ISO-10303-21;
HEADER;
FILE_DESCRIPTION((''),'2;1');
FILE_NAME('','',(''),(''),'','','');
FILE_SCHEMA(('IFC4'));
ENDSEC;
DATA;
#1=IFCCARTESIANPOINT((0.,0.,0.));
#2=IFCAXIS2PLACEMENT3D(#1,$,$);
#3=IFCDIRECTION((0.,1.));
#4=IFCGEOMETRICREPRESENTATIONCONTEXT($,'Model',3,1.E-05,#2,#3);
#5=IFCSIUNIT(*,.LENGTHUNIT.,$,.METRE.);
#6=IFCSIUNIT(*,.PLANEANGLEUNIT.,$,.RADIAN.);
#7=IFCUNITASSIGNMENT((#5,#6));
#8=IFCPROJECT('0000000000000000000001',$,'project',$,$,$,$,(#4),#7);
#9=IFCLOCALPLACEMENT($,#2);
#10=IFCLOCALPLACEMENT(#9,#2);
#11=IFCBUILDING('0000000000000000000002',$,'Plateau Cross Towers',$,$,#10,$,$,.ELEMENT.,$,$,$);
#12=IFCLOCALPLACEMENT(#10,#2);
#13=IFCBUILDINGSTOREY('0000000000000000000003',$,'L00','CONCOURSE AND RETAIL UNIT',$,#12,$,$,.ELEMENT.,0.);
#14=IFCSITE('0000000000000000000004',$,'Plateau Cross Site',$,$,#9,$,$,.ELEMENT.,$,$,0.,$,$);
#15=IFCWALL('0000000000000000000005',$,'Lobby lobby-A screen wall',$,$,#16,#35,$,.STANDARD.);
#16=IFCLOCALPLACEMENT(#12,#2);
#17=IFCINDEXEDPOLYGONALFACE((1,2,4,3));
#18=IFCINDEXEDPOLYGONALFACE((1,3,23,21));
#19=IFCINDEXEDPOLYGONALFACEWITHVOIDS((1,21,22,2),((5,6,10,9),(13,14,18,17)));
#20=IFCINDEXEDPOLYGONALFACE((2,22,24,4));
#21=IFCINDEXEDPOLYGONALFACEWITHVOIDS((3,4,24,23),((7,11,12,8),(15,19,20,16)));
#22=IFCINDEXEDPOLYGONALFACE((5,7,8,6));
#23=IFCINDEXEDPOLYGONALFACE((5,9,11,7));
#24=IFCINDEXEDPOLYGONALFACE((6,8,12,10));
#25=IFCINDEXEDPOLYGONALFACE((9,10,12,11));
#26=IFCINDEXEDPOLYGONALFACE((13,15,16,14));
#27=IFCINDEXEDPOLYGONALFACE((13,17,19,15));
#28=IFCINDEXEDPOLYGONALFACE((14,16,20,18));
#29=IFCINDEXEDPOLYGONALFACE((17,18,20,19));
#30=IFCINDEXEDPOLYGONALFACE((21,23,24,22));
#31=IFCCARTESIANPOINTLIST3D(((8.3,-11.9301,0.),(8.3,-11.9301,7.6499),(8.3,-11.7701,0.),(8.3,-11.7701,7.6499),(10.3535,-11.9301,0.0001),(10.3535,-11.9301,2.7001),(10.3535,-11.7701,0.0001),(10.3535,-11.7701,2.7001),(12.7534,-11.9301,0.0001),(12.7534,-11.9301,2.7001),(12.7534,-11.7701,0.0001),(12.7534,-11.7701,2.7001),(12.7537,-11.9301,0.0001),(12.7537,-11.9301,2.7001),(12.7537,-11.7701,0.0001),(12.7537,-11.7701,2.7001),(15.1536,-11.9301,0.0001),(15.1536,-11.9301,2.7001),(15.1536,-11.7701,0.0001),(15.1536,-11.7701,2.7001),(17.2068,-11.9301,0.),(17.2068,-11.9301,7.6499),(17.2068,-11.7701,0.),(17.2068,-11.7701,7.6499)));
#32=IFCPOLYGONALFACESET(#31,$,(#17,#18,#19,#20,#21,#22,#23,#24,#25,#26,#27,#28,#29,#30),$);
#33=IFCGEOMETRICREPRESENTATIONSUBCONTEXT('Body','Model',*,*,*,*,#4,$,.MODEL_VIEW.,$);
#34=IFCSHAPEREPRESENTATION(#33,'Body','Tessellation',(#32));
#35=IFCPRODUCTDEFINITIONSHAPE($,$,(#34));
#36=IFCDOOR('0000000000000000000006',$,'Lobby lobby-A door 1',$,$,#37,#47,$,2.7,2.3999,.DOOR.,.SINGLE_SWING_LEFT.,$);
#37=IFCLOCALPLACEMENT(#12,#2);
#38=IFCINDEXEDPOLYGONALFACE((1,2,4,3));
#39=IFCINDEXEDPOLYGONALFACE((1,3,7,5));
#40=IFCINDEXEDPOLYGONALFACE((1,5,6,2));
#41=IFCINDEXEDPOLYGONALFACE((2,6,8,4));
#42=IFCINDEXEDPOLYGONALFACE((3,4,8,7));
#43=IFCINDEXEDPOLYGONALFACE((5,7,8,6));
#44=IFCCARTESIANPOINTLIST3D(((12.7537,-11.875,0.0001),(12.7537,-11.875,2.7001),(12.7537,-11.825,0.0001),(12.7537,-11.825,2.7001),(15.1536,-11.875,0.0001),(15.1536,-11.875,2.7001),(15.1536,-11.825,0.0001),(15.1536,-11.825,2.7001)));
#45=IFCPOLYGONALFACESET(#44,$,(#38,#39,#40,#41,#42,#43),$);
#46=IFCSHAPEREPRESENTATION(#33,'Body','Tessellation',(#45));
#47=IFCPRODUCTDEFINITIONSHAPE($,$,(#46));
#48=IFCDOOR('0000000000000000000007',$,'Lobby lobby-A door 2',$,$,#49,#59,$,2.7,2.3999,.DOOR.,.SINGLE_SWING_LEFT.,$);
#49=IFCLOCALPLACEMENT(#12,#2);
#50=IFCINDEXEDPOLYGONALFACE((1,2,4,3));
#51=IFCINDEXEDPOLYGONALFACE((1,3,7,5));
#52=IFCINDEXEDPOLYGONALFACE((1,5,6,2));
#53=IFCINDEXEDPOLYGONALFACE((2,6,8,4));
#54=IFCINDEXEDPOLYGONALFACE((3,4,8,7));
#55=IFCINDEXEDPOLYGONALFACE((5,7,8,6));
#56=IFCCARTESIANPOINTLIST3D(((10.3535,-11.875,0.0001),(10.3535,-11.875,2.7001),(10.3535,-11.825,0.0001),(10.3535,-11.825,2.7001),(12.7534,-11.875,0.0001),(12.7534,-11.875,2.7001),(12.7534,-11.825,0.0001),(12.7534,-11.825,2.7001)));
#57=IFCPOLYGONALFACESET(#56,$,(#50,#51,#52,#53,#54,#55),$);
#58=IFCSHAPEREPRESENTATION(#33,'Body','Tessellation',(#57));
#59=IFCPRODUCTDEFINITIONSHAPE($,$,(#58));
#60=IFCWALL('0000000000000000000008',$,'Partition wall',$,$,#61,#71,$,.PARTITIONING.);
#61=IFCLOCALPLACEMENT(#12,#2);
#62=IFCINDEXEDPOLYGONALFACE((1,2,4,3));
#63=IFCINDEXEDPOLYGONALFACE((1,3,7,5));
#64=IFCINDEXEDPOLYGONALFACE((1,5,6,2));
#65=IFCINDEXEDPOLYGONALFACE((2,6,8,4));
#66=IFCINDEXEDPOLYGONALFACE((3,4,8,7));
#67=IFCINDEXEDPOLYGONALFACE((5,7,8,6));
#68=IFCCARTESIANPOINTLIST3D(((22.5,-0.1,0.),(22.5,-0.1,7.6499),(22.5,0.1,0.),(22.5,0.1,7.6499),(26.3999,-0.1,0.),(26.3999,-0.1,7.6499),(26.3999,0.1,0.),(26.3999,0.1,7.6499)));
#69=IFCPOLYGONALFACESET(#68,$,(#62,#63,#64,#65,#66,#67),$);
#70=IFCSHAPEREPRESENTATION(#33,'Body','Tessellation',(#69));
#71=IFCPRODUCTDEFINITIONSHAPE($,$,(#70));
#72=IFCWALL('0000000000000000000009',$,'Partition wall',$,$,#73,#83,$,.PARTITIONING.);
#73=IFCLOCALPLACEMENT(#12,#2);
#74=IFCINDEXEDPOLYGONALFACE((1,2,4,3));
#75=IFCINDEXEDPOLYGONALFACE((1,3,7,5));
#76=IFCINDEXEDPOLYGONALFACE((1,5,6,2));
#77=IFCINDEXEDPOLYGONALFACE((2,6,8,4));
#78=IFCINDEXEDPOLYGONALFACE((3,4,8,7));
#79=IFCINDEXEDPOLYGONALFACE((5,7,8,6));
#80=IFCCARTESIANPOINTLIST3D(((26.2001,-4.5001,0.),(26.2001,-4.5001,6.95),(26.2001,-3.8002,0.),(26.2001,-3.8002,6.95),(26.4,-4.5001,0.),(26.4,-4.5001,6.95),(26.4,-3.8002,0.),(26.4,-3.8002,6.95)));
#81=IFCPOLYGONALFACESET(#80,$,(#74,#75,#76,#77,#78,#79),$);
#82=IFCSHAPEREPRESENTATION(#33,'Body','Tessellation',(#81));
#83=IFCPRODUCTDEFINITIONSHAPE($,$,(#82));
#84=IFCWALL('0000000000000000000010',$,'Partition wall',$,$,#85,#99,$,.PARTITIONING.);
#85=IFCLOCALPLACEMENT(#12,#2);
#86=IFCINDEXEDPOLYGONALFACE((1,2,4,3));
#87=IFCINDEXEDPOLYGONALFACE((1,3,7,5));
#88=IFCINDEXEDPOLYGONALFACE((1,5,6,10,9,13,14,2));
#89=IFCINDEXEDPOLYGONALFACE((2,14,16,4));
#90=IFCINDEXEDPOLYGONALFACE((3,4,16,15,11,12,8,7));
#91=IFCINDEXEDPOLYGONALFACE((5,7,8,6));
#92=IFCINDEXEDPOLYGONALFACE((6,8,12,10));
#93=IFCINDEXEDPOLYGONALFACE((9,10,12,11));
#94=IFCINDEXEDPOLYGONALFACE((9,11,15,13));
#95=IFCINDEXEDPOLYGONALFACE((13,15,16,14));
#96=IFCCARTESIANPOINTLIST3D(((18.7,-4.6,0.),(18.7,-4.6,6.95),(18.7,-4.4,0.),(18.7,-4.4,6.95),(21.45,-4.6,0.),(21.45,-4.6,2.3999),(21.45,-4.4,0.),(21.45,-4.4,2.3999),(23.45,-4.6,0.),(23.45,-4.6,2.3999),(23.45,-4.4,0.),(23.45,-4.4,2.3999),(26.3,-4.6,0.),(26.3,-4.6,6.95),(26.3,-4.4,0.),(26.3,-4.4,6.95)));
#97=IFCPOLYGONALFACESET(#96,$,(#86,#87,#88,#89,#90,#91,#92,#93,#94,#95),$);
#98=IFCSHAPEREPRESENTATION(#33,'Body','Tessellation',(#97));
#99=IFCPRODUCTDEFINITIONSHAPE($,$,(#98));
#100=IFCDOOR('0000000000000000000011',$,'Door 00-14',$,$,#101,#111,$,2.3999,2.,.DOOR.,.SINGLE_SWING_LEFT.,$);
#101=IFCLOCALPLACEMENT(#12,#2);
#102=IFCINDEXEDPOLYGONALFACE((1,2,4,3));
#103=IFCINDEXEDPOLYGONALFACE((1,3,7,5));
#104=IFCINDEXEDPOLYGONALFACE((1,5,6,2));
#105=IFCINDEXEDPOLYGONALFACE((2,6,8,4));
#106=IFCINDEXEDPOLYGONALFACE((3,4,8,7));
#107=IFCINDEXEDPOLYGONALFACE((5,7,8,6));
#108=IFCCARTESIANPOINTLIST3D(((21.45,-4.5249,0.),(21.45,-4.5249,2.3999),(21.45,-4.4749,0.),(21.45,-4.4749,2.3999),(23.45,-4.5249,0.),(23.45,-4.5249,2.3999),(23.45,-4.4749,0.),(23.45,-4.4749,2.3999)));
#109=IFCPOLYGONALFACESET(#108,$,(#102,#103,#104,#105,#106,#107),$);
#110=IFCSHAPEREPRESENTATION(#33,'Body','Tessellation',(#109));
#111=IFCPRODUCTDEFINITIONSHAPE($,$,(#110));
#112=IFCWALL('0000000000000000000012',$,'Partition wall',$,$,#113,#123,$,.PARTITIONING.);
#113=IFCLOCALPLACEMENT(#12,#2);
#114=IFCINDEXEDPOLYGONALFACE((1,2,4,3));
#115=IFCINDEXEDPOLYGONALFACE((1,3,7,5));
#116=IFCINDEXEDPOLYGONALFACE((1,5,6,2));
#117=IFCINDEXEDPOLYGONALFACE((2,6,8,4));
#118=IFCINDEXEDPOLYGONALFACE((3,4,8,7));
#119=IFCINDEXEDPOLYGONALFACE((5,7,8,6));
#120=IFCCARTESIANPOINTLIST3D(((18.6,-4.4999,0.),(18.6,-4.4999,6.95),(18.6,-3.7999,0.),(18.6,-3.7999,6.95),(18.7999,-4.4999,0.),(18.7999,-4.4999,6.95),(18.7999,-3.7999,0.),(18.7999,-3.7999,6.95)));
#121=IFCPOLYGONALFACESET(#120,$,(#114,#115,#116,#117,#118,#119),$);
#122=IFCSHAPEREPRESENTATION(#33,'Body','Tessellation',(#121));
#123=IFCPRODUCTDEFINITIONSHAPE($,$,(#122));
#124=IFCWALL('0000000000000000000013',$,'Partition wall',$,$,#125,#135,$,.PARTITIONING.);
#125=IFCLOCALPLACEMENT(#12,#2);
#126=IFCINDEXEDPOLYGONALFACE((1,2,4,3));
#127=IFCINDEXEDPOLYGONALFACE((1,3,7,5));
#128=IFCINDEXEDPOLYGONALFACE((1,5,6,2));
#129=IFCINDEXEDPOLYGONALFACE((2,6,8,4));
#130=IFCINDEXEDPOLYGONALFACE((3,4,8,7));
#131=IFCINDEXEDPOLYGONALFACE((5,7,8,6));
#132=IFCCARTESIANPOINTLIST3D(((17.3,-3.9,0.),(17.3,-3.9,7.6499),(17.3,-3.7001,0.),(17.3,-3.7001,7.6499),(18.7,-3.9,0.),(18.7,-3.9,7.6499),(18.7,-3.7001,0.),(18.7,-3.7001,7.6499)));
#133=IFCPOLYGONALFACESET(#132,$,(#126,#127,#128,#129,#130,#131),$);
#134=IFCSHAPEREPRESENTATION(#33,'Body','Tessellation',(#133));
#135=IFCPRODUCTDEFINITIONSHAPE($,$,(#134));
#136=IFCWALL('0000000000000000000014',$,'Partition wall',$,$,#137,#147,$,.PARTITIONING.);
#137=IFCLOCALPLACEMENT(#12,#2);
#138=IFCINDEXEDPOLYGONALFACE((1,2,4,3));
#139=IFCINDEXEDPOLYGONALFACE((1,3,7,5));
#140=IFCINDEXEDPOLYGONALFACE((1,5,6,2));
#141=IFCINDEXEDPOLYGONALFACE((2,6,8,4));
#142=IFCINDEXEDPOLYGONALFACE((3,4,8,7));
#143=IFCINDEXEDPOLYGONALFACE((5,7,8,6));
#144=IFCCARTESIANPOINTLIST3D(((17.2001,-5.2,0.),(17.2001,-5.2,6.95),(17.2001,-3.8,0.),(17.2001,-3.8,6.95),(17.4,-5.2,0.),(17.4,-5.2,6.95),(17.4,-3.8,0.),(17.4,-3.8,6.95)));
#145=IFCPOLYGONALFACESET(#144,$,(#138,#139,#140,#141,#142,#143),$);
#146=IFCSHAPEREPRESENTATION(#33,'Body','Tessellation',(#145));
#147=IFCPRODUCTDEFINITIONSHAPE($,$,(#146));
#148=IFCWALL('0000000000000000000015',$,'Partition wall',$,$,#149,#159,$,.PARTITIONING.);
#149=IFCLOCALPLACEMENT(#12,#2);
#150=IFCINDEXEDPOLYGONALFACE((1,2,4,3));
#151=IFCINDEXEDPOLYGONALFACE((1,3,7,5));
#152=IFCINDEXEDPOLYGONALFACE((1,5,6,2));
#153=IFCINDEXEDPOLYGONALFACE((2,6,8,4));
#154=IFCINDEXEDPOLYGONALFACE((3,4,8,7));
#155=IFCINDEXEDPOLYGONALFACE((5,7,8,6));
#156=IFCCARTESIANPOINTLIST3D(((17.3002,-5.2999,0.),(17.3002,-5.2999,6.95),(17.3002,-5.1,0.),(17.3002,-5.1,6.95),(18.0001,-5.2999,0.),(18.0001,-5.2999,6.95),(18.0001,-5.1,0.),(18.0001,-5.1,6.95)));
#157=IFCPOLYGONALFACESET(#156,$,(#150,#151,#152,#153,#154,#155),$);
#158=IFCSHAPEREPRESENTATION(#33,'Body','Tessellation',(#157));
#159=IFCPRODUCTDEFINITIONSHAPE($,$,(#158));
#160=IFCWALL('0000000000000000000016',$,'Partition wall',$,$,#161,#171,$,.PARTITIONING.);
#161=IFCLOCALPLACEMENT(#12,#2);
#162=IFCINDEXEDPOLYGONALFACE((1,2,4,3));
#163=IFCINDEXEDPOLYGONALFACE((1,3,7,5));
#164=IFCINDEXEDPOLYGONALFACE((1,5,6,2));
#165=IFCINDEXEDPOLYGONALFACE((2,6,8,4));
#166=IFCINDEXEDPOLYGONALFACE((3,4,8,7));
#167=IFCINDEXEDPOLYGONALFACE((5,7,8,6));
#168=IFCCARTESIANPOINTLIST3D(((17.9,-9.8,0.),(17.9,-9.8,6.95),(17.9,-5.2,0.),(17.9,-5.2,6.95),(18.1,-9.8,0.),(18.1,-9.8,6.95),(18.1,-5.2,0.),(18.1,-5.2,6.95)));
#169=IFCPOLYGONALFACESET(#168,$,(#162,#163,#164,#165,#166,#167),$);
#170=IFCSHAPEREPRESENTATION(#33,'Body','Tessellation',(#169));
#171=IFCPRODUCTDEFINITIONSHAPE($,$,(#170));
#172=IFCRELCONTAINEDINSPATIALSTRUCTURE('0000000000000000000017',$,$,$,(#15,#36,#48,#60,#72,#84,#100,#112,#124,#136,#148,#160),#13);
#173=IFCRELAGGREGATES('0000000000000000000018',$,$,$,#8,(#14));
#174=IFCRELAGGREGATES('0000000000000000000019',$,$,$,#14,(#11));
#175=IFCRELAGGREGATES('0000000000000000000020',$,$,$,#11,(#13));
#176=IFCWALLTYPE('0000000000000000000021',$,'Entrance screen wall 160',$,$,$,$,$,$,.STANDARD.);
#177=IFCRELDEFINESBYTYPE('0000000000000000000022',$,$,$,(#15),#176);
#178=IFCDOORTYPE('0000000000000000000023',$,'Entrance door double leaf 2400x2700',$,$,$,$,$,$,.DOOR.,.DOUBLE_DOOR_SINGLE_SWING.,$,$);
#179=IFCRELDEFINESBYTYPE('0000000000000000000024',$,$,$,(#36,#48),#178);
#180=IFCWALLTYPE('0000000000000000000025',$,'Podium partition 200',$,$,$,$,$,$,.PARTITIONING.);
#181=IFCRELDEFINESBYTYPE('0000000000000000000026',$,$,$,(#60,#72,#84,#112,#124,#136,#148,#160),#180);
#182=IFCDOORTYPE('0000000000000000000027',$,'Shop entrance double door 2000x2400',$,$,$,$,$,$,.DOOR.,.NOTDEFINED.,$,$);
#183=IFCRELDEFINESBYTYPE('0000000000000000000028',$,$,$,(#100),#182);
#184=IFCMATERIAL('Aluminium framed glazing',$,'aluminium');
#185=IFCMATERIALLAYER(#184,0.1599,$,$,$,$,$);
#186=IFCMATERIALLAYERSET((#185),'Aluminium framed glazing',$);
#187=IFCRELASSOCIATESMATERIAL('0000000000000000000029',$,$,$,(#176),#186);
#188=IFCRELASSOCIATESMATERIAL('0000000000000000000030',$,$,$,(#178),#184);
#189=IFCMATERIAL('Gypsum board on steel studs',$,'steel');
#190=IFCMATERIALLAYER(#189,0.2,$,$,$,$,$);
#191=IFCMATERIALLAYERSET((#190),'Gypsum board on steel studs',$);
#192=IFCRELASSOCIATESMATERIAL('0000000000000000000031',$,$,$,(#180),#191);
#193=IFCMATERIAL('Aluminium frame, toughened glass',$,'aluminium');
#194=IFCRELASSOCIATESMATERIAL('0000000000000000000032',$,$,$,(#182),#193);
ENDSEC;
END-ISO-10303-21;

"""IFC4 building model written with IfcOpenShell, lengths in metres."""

from ifc_helpers import new_model, si_unit, direction, frame, frame_2d, origin, place, context, subcontext, project, spatial, rectangle, extrude, material, layer, layer_set, type_object, element, fill, save


model = new_model("IFC4")

# Units and contexts
model_context = context("Model", 3, precision=1e-05, world=origin(), true_north=direction((0.0, 1.0)))
body_context = subcontext(model_context, "Body", "Model", "MODEL_VIEW")
ifc_project = project(units=[si_unit("LENGTHUNIT", "METRE"), si_unit("PLANEANGLEUNIT", "RADIAN")], contexts=[model_context])

# Site, building, storey
site_placement = place(None, origin())
site = spatial("IfcSite", under=ifc_project, at=site_placement, Name="Plateau Cross Site", CompositionType="ELEMENT", RefElevation=0.0)
building_placement = place(site_placement, origin())
building = spatial("IfcBuilding", under=site, at=building_placement, Name="Plateau Cross Towers", CompositionType="ELEMENT")
storey_placement = place(building_placement, origin())
storey = spatial("IfcBuildingStorey", under=building, at=storey_placement, Name="L00", Description="CONCOURSE AND RETAIL UNIT", CompositionType="ELEMENT", Elevation=0.0)

# Wall, openings, doors
ifc_material_1 = material(Name="Aluminium framed glazing", Category="aluminium")
ifc_layer_1 = layer(ifc_material_1, 0.1599)
ifc_layer_set_1 = layer_set([ifc_layer_1], Name="Aluminium framed glazing")
wall_type_1 = type_object("IfcWallType", Name="Entrance screen wall 160", PredefinedType="STANDARD", material=ifc_layer_set_1)
wall_1_placement = place(storey_placement, frame((17.2068, -11.8501, 0.0), z_axis=(0.0, 0.0, 1.0), x_axis=(-1.0, 0.0, 0.0)))
wall_1 = element("IfcWall", 1, at=wall_1_placement, inside=storey, type_object=wall_type_1, Name="Lobby lobby-A screen wall", PredefinedType="STANDARD", context=body_context, shape_type="SweptSolid", body=[
    extrude(rectangle(XDim=8.9067, YDim=0.1599, at=frame_2d((4.4534, 0.0))), origin(), (0.0, 0.0, 1.0), 7.6499),
])
opening_1_placement = place(wall_1_placement, frame((2.0532, 0.0, 0.0)))
opening_1 = element("IfcOpeningElement", 2, at=opening_1_placement, cuts=wall_1, PredefinedType="OPENING", context=body_context, shape_type="SweptSolid", body=[
    extrude(rectangle(XDim=2.3999, YDim=2.7, at=frame_2d((1.2, 1.3501))), frame((0.0, 0.0898, 0.0), z_axis=(0.0, -1.0, 0.0), x_axis=(1.0, 0.0, 0.0)), (0.0, 0.0, 1.0), 0.1799),
])
opening_2_placement = place(wall_1_placement, frame((4.4534, 0.0, 0.0)))
opening_2 = element("IfcOpeningElement", 3, at=opening_2_placement, cuts=wall_1, PredefinedType="OPENING", context=body_context, shape_type="SweptSolid", body=[
    extrude(rectangle(XDim=2.3999, YDim=2.7, at=frame_2d((1.2, 1.3501))), frame((0.0, 0.0898, 0.0), z_axis=(0.0, -1.0, 0.0), x_axis=(1.0, 0.0, 0.0)), (0.0, 0.0, 1.0), 0.1799),
])
door_type_1 = type_object("IfcDoorType", Name="Entrance door double leaf 2400x2700", OperationType="DOUBLE_DOOR_SINGLE_SWING", PredefinedType="DOOR", material=ifc_material_1)
door_1_placement = place(opening_1_placement, origin())
door_1 = element("IfcDoor", 4, at=door_1_placement, inside=storey, type_object=door_type_1, Name="Lobby lobby-A door 1", OperationType="SINGLE_SWING_LEFT", OverallHeight=2.7, OverallWidth=2.3999, PredefinedType="DOOR", context=body_context, shape_type="SweptSolid", body=[
    extrude(rectangle(XDim=2.3999, YDim=2.7, at=frame_2d((1.2, 1.3501))), frame((0.0, 0.0249, 0.0), z_axis=(0.0, -1.0, 0.0), x_axis=(1.0, 0.0, 0.0)), (0.0, 0.0, 1.0), 0.05),
])
fill(opening_1, door_1)
door_2_placement = place(opening_2_placement, origin())
door_2 = element("IfcDoor", 5, at=door_2_placement, inside=storey, type_object=door_type_1, Name="Lobby lobby-A door 2", OperationType="SINGLE_SWING_LEFT", OverallHeight=2.7, OverallWidth=2.3999, PredefinedType="DOOR", context=body_context, shape_type="SweptSolid", body=[
    extrude(rectangle(XDim=2.3999, YDim=2.7, at=frame_2d((1.2, 1.3501))), frame((0.0, 0.0249, 0.0), z_axis=(0.0, -1.0, 0.0), x_axis=(1.0, 0.0, 0.0)), (0.0, 0.0, 1.0), 0.05),
])
fill(opening_2, door_2)

# Walls
ifc_material_2 = material(Name="Gypsum board on steel studs", Category="steel")
ifc_layer_2 = layer(ifc_material_2, 0.2)
ifc_layer_set_2 = layer_set([ifc_layer_2], Name="Gypsum board on steel studs")
wall_type_2 = type_object("IfcWallType", Name="Podium partition 200", PredefinedType="PARTITIONING", material=ifc_layer_set_2)
wall_2_placement = place(storey_placement, frame((22.5, 0.0, 0.0), z_axis=(0.0, 0.0, 1.0), x_axis=(1.0, 0.0, 0.0)))
element("IfcWall", 6, at=wall_2_placement, inside=storey, type_object=wall_type_2, Name="Partition wall", PredefinedType="PARTITIONING", context=body_context, shape_type="SweptSolid", body=[
    extrude(rectangle(XDim=3.8999, YDim=0.2, at=frame_2d((1.95, 0.0))), origin(), (0.0, 0.0, 1.0), 7.6499),
])
wall_3_placement = place(storey_placement, frame((26.3, -3.8, 0.0), z_axis=(0.0, 0.0, 1.0), x_axis=(0.0, -1.0, 0.0)))
element("IfcWall", 7, at=wall_3_placement, inside=storey, type_object=wall_type_2, Name="Partition wall", PredefinedType="PARTITIONING", context=body_context, shape_type="SweptSolid", body=[
    extrude(rectangle(XDim=0.7, YDim=0.2, at=frame_2d((0.3501, 0.0))), origin(), (0.0, 0.0, 1.0), 6.95),
])

# Wall, opening, door
wall_4_placement = place(storey_placement, frame((26.3, -4.5, 0.0), z_axis=(0.0, 0.0, 1.0), x_axis=(-1.0, 0.0, 0.0)))
wall_4 = element("IfcWall", 8, at=wall_4_placement, inside=storey, type_object=wall_type_2, Name="Partition wall", PredefinedType="PARTITIONING", context=body_context, shape_type="SweptSolid", body=[
    extrude(rectangle(XDim=7.6001, YDim=0.2, at=frame_2d((3.8, 0.0))), origin(), (0.0, 0.0, 1.0), 6.95),
])
opening_3_placement = place(wall_4_placement, frame((2.8501, 0.0, 0.0)))
opening_3 = element("IfcOpeningElement", 9, at=opening_3_placement, cuts=wall_4, PredefinedType="OPENING", context=body_context, shape_type="SweptSolid", body=[
    extrude(rectangle(XDim=2.0, YDim=2.3999, at=frame_2d((1.0, 1.2))), frame((0.0, 0.1099, 0.0), z_axis=(0.0, -1.0, 0.0), x_axis=(1.0, 0.0, 0.0)), (0.0, 0.0, 1.0), 0.22),
])
ifc_material_3 = material(Name="Aluminium frame, toughened glass", Category="aluminium")
door_type_2 = type_object("IfcDoorType", Name="Shop entrance double door 2000x2400", OperationType="NOTDEFINED", PredefinedType="DOOR", material=ifc_material_3)
door_3_placement = place(opening_3_placement, origin())
door_3 = element("IfcDoor", 10, at=door_3_placement, inside=storey, type_object=door_type_2, Name="Door 00-14", OperationType="SINGLE_SWING_LEFT", OverallHeight=2.3999, OverallWidth=2.0, PredefinedType="DOOR", context=body_context, shape_type="SweptSolid", body=[
    extrude(rectangle(XDim=2.0, YDim=2.3999, at=frame_2d((1.0, 1.2))), frame((0.0, 0.0249, 0.0), z_axis=(0.0, -1.0, 0.0), x_axis=(1.0, 0.0, 0.0)), (0.0, 0.0, 1.0), 0.05),
])
fill(opening_3, door_3)

# Walls
wall_5_placement = place(storey_placement, frame((18.7, -4.5, 0.0), z_axis=(0.0, 0.0, 1.0), x_axis=(0.0, 1.0, 0.0)))
element("IfcWall", 11, at=wall_5_placement, inside=storey, type_object=wall_type_2, Name="Partition wall", PredefinedType="PARTITIONING", context=body_context, shape_type="SweptSolid", body=[
    extrude(rectangle(XDim=0.7, YDim=0.2, at=frame_2d((0.3501, 0.0))), origin(), (0.0, 0.0, 1.0), 6.95),
])
wall_6_placement = place(storey_placement, frame((18.7, -3.8, 0.0), z_axis=(0.0, 0.0, 1.0), x_axis=(-1.0, 0.0, 0.0)))
element("IfcWall", 12, at=wall_6_placement, inside=storey, type_object=wall_type_2, Name="Partition wall", PredefinedType="PARTITIONING", context=body_context, shape_type="SweptSolid", body=[
    extrude(rectangle(XDim=1.3999, YDim=0.2, at=frame_2d((0.7, 0.0))), origin(), (0.0, 0.0, 1.0), 7.6499),
])
wall_7_placement = place(storey_placement, frame((17.3, -3.8, 0.0), z_axis=(0.0, 0.0, 1.0), x_axis=(0.0, -1.0, 0.0)))
element("IfcWall", 13, at=wall_7_placement, inside=storey, type_object=wall_type_2, Name="Partition wall", PredefinedType="PARTITIONING", context=body_context, shape_type="SweptSolid", body=[
    extrude(rectangle(XDim=1.3999, YDim=0.2, at=frame_2d((0.7, 0.0))), origin(), (0.0, 0.0, 1.0), 6.95),
])
wall_8_placement = place(storey_placement, frame((17.3, -5.2, 0.0), z_axis=(0.0, 0.0, 1.0), x_axis=(1.0, 0.0, 0.0)))
element("IfcWall", 14, at=wall_8_placement, inside=storey, type_object=wall_type_2, Name="Partition wall", PredefinedType="PARTITIONING", context=body_context, shape_type="SweptSolid", body=[
    extrude(rectangle(XDim=0.7, YDim=0.2, at=frame_2d((0.3501, 0.0))), origin(), (0.0, 0.0, 1.0), 6.95),
])
wall_9_placement = place(storey_placement, frame((18.0, -5.2, 0.0), z_axis=(0.0, 0.0, 1.0), x_axis=(0.0, -1.0, 0.0)))
element("IfcWall", 15, at=wall_9_placement, inside=storey, type_object=wall_type_2, Name="Partition wall", PredefinedType="PARTITIONING", context=body_context, shape_type="SweptSolid", body=[
    extrude(rectangle(XDim=4.6001, YDim=0.2, at=frame_2d((2.3, 0.0))), origin(), (0.0, 0.0, 1.0), 6.95),
])

save(model, "model.ifc")
